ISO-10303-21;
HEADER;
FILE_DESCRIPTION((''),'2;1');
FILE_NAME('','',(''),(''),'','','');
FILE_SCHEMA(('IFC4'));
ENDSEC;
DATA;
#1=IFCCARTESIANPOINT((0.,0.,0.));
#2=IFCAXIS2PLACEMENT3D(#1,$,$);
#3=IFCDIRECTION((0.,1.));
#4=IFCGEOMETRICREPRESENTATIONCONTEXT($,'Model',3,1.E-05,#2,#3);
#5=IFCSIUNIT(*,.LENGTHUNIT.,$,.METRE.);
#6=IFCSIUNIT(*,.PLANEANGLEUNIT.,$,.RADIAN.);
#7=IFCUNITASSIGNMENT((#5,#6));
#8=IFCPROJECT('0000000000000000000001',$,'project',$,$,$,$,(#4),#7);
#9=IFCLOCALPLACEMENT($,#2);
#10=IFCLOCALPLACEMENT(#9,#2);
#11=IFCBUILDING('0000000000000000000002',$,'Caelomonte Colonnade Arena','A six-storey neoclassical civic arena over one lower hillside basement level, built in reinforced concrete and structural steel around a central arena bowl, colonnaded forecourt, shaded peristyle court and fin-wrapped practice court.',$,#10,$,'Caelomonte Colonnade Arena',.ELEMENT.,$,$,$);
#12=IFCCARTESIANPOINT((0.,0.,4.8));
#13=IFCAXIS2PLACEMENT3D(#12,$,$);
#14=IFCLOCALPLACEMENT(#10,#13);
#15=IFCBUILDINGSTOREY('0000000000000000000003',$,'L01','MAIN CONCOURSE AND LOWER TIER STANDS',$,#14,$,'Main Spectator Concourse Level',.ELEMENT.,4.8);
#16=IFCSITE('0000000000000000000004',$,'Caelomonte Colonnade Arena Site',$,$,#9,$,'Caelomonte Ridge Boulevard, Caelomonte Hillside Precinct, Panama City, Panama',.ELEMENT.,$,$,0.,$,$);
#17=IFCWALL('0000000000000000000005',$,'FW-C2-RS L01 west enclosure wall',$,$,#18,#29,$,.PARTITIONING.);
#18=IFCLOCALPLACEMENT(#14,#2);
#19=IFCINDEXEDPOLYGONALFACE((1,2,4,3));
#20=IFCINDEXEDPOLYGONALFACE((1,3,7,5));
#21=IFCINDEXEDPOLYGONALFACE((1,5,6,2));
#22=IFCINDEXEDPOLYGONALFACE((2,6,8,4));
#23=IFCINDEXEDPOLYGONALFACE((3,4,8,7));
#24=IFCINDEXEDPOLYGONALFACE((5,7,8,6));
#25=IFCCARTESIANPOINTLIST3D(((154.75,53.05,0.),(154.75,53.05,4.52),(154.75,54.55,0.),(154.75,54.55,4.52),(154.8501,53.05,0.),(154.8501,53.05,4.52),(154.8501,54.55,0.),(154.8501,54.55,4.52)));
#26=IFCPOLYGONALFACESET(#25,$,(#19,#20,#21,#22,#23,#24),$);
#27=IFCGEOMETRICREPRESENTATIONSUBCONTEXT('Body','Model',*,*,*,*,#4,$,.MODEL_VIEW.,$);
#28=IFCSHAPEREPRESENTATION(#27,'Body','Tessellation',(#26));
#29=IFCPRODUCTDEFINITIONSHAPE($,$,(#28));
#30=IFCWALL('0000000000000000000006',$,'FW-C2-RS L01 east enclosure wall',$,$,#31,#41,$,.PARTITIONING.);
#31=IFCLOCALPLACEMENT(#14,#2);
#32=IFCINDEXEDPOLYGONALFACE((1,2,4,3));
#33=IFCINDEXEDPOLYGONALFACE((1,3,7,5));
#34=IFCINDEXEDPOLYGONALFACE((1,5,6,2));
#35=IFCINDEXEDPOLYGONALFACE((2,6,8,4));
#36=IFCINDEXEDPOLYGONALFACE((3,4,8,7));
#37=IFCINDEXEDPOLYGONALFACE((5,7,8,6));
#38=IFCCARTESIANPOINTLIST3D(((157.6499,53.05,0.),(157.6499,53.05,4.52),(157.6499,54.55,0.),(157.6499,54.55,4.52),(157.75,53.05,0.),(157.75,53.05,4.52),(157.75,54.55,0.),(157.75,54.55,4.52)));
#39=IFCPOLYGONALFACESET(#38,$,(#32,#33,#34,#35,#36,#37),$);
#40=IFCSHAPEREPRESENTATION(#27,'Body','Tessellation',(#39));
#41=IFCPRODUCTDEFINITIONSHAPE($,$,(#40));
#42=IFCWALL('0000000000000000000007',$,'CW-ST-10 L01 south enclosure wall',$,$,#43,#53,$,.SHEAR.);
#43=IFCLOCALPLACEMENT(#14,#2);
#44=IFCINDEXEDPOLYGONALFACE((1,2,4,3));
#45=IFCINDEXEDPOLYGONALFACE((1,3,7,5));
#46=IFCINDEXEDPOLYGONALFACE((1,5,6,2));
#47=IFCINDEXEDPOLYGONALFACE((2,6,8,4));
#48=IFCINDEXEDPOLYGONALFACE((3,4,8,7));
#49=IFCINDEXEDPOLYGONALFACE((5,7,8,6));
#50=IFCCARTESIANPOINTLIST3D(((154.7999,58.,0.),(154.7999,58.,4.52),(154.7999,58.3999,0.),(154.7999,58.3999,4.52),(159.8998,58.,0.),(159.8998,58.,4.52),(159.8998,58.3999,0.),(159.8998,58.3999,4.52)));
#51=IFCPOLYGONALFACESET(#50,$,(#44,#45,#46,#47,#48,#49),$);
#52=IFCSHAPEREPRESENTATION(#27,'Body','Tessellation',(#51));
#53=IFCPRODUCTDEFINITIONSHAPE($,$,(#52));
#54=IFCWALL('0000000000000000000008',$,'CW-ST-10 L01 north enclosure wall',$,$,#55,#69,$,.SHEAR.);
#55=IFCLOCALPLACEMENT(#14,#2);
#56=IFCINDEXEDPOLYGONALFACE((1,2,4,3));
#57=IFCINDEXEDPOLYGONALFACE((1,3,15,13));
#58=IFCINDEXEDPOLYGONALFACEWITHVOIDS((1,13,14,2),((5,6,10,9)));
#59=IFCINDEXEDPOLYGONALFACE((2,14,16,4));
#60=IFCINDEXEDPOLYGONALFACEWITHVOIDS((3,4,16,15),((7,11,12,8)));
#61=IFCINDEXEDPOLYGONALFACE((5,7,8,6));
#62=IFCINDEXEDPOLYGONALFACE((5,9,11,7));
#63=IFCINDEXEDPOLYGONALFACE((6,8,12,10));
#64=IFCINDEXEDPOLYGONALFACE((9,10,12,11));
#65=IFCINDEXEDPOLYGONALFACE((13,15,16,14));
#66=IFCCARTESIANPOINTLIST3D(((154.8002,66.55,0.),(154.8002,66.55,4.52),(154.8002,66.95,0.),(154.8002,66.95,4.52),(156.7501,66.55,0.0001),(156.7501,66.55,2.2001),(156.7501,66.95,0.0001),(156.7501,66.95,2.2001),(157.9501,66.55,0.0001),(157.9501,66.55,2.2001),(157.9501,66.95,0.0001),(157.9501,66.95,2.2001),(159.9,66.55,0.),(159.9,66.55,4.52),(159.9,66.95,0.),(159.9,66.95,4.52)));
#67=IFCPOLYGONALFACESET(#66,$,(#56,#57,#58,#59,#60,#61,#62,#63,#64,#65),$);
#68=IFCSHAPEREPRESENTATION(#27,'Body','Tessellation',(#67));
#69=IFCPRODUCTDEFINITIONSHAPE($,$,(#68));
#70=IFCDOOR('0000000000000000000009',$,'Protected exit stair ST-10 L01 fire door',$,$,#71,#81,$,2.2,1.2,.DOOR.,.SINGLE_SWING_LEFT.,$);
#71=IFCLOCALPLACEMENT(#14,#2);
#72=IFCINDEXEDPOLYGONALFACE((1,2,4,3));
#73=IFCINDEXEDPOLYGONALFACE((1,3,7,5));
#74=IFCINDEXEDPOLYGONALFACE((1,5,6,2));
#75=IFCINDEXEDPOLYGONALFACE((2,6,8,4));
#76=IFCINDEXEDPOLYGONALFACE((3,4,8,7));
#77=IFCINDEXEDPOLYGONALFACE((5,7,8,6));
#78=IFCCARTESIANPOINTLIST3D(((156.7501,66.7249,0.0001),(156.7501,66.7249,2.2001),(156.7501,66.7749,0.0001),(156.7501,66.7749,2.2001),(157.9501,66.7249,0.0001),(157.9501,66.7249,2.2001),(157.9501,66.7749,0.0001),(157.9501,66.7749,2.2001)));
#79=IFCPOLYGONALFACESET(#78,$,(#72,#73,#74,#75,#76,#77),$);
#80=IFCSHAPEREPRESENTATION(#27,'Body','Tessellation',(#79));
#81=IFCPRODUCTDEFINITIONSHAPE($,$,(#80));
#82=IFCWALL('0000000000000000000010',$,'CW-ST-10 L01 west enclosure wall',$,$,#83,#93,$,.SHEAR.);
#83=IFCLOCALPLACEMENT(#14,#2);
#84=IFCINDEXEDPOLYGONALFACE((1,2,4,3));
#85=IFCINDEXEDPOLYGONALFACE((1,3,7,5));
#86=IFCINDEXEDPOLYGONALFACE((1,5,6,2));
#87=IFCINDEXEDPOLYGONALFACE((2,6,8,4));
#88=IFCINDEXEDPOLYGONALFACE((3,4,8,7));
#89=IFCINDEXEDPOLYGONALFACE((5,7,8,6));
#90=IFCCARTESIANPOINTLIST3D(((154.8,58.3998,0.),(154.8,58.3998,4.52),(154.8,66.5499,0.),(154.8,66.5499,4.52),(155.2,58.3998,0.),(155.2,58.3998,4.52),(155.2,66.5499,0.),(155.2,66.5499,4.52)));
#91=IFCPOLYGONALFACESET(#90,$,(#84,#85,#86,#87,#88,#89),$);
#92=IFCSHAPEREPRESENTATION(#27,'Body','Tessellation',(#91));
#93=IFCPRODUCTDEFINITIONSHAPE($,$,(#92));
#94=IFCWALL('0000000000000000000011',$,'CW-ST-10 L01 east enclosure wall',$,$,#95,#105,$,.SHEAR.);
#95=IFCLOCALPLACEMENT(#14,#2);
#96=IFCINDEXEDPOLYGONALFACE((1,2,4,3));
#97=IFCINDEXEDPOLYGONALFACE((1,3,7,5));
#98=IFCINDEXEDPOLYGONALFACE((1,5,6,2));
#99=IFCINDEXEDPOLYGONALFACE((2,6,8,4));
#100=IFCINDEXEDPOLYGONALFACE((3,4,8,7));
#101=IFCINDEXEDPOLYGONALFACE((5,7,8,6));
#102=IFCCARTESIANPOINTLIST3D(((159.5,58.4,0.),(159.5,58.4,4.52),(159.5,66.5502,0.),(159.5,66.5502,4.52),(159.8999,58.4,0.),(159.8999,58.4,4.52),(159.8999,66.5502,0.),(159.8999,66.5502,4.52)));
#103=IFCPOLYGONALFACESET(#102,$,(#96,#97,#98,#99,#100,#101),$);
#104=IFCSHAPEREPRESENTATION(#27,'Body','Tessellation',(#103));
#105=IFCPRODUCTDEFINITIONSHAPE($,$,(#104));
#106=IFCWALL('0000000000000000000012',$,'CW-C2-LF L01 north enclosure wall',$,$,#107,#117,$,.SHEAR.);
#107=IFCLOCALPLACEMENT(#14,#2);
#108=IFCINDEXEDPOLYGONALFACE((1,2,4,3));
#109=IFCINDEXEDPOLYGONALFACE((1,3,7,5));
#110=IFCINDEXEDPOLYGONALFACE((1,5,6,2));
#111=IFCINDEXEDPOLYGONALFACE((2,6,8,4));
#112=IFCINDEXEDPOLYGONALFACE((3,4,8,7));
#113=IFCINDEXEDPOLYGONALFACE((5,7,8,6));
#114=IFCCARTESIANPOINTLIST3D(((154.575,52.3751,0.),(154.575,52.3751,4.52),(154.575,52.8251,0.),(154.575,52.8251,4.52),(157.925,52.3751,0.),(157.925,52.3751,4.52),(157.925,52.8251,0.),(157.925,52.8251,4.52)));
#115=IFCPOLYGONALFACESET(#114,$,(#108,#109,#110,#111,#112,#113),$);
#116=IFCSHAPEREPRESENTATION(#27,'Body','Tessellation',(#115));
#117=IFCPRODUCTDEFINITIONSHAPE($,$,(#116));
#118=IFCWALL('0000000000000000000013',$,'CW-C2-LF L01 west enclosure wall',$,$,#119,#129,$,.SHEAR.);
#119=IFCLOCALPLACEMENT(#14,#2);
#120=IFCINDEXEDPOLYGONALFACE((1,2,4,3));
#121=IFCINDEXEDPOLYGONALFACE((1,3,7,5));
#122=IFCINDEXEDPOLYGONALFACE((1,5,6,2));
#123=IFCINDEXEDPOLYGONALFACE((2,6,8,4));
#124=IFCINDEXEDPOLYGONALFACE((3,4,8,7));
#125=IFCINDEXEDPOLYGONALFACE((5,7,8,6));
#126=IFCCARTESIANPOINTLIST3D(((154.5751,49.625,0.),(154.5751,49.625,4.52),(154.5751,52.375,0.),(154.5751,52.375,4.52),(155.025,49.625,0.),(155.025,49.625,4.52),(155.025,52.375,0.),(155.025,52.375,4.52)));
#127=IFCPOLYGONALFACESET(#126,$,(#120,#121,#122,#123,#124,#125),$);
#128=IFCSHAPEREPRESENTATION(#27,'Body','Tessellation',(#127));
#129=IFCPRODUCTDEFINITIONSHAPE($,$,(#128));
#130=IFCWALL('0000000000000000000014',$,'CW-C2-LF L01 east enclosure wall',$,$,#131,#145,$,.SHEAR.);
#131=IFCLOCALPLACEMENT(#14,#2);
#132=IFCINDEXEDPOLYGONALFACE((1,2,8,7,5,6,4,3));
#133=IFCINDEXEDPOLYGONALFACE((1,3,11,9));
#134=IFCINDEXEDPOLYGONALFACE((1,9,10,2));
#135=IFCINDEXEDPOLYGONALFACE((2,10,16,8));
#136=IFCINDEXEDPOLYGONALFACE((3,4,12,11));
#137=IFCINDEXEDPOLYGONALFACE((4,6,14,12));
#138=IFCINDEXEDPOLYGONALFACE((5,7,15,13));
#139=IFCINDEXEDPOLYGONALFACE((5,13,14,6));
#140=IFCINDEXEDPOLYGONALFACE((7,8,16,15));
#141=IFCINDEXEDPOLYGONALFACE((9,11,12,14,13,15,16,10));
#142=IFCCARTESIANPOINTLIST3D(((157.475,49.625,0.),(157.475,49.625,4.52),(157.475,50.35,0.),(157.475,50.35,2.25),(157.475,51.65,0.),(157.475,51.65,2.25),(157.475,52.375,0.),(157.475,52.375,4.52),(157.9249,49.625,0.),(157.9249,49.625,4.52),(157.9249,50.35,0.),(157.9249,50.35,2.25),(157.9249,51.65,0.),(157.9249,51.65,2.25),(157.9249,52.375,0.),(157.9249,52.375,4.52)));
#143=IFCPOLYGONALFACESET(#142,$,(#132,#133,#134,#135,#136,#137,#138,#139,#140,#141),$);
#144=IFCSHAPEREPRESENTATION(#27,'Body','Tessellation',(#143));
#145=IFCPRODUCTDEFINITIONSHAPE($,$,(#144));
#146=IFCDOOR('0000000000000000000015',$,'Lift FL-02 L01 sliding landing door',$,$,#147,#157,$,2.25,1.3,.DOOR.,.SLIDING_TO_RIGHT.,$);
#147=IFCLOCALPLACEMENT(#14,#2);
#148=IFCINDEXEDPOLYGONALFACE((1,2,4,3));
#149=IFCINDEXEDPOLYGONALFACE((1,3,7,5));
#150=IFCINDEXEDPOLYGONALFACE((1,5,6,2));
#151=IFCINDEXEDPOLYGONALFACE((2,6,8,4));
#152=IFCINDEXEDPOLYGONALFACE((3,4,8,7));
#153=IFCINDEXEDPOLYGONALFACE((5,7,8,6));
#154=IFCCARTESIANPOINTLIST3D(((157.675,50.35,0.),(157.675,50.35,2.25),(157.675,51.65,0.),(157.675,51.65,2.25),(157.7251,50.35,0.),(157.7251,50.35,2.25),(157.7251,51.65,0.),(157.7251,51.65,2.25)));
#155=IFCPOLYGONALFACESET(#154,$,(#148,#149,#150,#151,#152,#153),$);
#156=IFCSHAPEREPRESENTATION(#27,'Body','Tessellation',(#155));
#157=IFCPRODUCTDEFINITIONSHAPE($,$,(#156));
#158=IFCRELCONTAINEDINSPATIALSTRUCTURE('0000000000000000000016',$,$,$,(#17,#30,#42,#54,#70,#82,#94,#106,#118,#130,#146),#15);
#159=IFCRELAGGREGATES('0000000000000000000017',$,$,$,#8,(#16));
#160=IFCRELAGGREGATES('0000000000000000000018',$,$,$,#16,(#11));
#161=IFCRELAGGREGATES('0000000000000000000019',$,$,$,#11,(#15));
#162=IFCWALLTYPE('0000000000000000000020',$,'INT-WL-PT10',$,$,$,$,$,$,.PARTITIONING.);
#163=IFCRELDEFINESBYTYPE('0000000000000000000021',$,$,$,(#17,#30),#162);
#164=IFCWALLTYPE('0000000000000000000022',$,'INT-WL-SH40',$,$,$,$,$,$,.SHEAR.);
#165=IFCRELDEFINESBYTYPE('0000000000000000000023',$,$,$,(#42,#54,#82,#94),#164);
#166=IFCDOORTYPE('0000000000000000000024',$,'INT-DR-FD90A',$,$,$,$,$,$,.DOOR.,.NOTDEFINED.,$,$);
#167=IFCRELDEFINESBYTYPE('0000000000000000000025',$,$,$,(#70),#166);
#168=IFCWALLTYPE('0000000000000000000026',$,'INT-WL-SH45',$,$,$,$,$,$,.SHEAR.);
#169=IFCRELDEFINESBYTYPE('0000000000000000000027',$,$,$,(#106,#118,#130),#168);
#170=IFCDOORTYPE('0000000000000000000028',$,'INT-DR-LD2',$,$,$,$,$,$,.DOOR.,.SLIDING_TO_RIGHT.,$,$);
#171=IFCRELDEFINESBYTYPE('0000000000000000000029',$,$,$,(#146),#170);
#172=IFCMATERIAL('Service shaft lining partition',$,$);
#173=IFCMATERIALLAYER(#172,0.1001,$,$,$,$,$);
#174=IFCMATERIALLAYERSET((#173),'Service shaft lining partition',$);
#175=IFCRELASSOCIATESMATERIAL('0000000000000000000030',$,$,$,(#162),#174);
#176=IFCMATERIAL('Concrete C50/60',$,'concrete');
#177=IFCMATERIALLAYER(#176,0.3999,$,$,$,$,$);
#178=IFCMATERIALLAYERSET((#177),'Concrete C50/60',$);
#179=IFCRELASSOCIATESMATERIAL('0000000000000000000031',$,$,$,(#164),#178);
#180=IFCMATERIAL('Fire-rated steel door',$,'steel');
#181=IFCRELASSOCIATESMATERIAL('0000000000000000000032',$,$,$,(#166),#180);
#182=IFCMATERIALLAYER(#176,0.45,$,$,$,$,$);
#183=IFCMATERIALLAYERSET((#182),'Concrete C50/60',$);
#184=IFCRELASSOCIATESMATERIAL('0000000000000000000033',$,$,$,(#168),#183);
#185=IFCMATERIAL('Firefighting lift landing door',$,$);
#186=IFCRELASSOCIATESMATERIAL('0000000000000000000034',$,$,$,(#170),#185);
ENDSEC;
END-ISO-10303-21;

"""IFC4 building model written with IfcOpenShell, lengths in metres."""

from ifc_helpers import new_model, si_unit, direction, frame, frame_2d, origin, place, context, subcontext, project, spatial, rectangle, extrude, material, layer, layer_set, type_object, element, fill, save


model = new_model("IFC4")

# Units and contexts
model_context = context("Model", 3, precision=1e-05, world=origin(), true_north=direction((0.0, 1.0)))
body_context = subcontext(model_context, "Body", "Model", "MODEL_VIEW")
ifc_project = project(units=[si_unit("LENGTHUNIT", "METRE"), si_unit("PLANEANGLEUNIT", "RADIAN")], contexts=[model_context])

# Site, building, storey
site_placement = place(None, origin())
site = spatial("IfcSite", under=ifc_project, at=site_placement, Name="Caelomonte Colonnade Arena Site", LongName="Caelomonte Ridge Boulevard, Caelomonte Hillside Precinct, Panama City, Panama", CompositionType="ELEMENT", RefElevation=0.0)
building_placement = place(site_placement, origin())
building = spatial("IfcBuilding", under=site, at=building_placement, Name="Caelomonte Colonnade Arena", Description="A six-storey neoclassical civic arena over one lower hillside basement level, built in reinforced concrete and structural steel around a central arena bowl, colonnaded forecourt, shaded peristyle court and fin-wrapped practice court.", LongName="Caelomonte Colonnade Arena", CompositionType="ELEMENT")
storey_placement = place(building_placement, frame((0.0, 0.0, 4.8)))
storey = spatial("IfcBuildingStorey", under=building, at=storey_placement, Name="L01", Description="MAIN CONCOURSE AND LOWER TIER STANDS", LongName="Main Spectator Concourse Level", CompositionType="ELEMENT", Elevation=4.8)

# Shared definitions
ifc_material_1 = material(Name="Concrete C50/60", Category="concrete")

# Walls
ifc_material_2 = material(Name="Service shaft lining partition")
ifc_layer_1 = layer(ifc_material_2, 0.1001)
ifc_layer_set_1 = layer_set([ifc_layer_1], Name="Service shaft lining partition")
wall_type_1 = type_object("IfcWallType", Name="INT-WL-PT10", PredefinedType="PARTITIONING", material=ifc_layer_set_1)
for number, where, z_axis, x_axis, name in (
    (1, (154.8, 54.55, 0.0), (0.0, 0.0, 1.0), (0.0, -1.0, 0.0), "FW-C2-RS L01 west enclosure wall"),
    (2, (157.7, 53.05, 0.0), (0.0, 0.0, 1.0), (0.0, 1.0, 0.0), "FW-C2-RS L01 east enclosure wall"),
):
    element("IfcWall", number, at=place(storey_placement, frame(where, z_axis=z_axis, x_axis=x_axis)), inside=storey, type_object=wall_type_1, Name=name, PredefinedType="PARTITIONING", context=body_context, shape_type="SweptSolid", body=[
        extrude(rectangle(XDim=1.5, YDim=0.1001, at=frame_2d((0.75, 0.0))), origin(), (0.0, 0.0, 1.0), 4.52),
    ])
ifc_layer_2 = layer(ifc_material_1, 0.3999)
ifc_layer_set_2 = layer_set([ifc_layer_2], Name="Concrete C50/60")
wall_type_2 = type_object("IfcWallType", Name="INT-WL-SH40", PredefinedType="SHEAR", material=ifc_layer_set_2)
wall_1_placement = place(storey_placement, frame((154.8, 58.2, 0.0), z_axis=(0.0, 0.0, 1.0), x_axis=(1.0, 0.0, 0.0)))
element("IfcWall", 3, at=wall_1_placement, inside=storey, type_object=wall_type_2, Name="CW-ST-10 L01 south enclosure wall", PredefinedType="SHEAR", context=body_context, shape_type="SweptSolid", body=[
    extrude(rectangle(XDim=5.0999, YDim=0.3999, at=frame_2d((2.5498, 0.0))), origin(), (0.0, 0.0, 1.0), 4.52),
])

# Wall, opening, door
wall_2_placement = place(storey_placement, frame((159.8999, 66.75, 0.0), z_axis=(0.0, 0.0, 1.0), x_axis=(-1.0, 0.0, 0.0)))
wall_2 = element("IfcWall", 4, at=wall_2_placement, inside=storey, type_object=wall_type_2, Name="CW-ST-10 L01 north enclosure wall", PredefinedType="SHEAR", context=body_context, shape_type="SweptSolid", body=[
    extrude(rectangle(XDim=5.0999, YDim=0.3999, at=frame_2d((2.5498, 0.0))), origin(), (0.0, 0.0, 1.0), 4.52),
])
opening_1_placement = place(wall_2_placement, frame((3.1499, 0.0, 0.0), z_axis=(0.0, 0.0, 1.0), x_axis=(-1.0, 0.0, 0.0)))
opening_1 = element("IfcOpeningElement", 5, at=opening_1_placement, cuts=wall_2, PredefinedType="OPENING", context=body_context, shape_type="SweptSolid", body=[
    extrude(rectangle(XDim=1.2, YDim=2.2, at=frame_2d((0.6001, 1.1001))), frame((0.0, 0.21, 0.0), z_axis=(0.0, -1.0, 0.0), x_axis=(1.0, 0.0, 0.0)), (0.0, 0.0, 1.0), 0.4199),
])
ifc_material_3 = material(Name="Fire-rated steel door", Category="steel")
door_type_1 = type_object("IfcDoorType", Name="INT-DR-FD90A", OperationType="NOTDEFINED", PredefinedType="DOOR", material=ifc_material_3)
door_1_placement = place(opening_1_placement, origin())
door_1 = element("IfcDoor", 6, at=door_1_placement, inside=storey, type_object=door_type_1, Name="Protected exit stair ST-10 L01 fire door", OperationType="SINGLE_SWING_LEFT", OverallHeight=2.2, OverallWidth=1.2, PredefinedType="DOOR", context=body_context, shape_type="SweptSolid", body=[
    extrude(rectangle(XDim=1.2, YDim=2.2, at=frame_2d((0.6001, 1.1001))), frame((0.0, 0.0249, 0.0), z_axis=(0.0, -1.0, 0.0), x_axis=(1.0, 0.0, 0.0)), (0.0, 0.0, 1.0), 0.05),
])
fill(opening_1, door_1)

# Walls
for number, where, z_axis, x_axis, name in (
    (7, (155.0, 66.55, 0.0), (0.0, 0.0, 1.0), (0.0, -1.0, 0.0), "CW-ST-10 L01 west enclosure wall"),
    (8, (159.7, 58.3999, 0.0), (0.0, 0.0, 1.0), (0.0, 1.0, 0.0), "CW-ST-10 L01 east enclosure wall"),
):
    element("IfcWall", number, at=place(storey_placement, frame(where, z_axis=z_axis, x_axis=x_axis)), inside=storey, type_object=wall_type_2, Name=name, PredefinedType="SHEAR", context=body_context, shape_type="SweptSolid", body=[
        extrude(rectangle(XDim=8.1501, YDim=0.3999, at=frame_2d((4.0752, 0.0))), origin(), (0.0, 0.0, 1.0), 4.52),
    ])
ifc_layer_3 = layer(ifc_material_1, 0.45)
ifc_layer_set_3 = layer_set([ifc_layer_3], Name="Concrete C50/60")
wall_type_3 = type_object("IfcWallType", Name="INT-WL-SH45", PredefinedType="SHEAR", material=ifc_layer_set_3)
wall_3_placement = place(storey_placement, frame((157.925, 52.6001, 0.0), z_axis=(0.0, 0.0, 1.0), x_axis=(-1.0, 0.0, 0.0)))
element("IfcWall", 9, at=wall_3_placement, inside=storey, type_object=wall_type_3, Name="CW-C2-LF L01 north enclosure wall", PredefinedType="SHEAR", context=body_context, shape_type="SweptSolid", body=[
    extrude(rectangle(XDim=3.3501, YDim=0.45, at=frame_2d((1.675, 0.0))), origin(), (0.0, 0.0, 1.0), 4.52),
])
wall_4_placement = place(storey_placement, frame((154.8, 52.375, 0.0), z_axis=(0.0, 0.0, 1.0), x_axis=(0.0, -1.0, 0.0)))
element("IfcWall", 10, at=wall_4_placement, inside=storey, type_object=wall_type_3, Name="CW-C2-LF L01 west enclosure wall", PredefinedType="SHEAR", context=body_context, shape_type="SweptSolid", body=[
    extrude(rectangle(XDim=2.75, YDim=0.45, at=frame_2d((1.375, 0.0))), origin(), (0.0, 0.0, 1.0), 4.52),
])

# Wall, opening, door
wall_5_placement = place(storey_placement, frame((157.7, 49.625, 0.0), z_axis=(0.0, 0.0, 1.0), x_axis=(0.0, 1.0, 0.0)))
wall_5 = element("IfcWall", 11, at=wall_5_placement, inside=storey, type_object=wall_type_3, Name="CW-C2-LF L01 east enclosure wall", PredefinedType="SHEAR", context=body_context, shape_type="SweptSolid", body=[
    extrude(rectangle(XDim=2.75, YDim=0.45, at=frame_2d((1.375, 0.0))), origin(), (0.0, 0.0, 1.0), 4.52),
])
opening_2_placement = place(wall_5_placement, frame((0.7251, 0.0, 0.0), z_axis=(0.0, 0.0, 1.0), x_axis=(1.0, 0.0, 0.0)))
opening_2 = element("IfcOpeningElement", 12, at=opening_2_placement, cuts=wall_5, PredefinedType="OPENING", context=body_context, shape_type="SweptSolid", body=[
    extrude(rectangle(XDim=1.3, YDim=2.25, at=frame_2d((0.6499, 1.125))), frame((0.0, 0.2349, 0.0), z_axis=(0.0, -1.0, 0.0), x_axis=(1.0, 0.0, 0.0)), (0.0, 0.0, 1.0), 0.47),
])
ifc_material_4 = material(Name="Firefighting lift landing door")
door_type_2 = type_object("IfcDoorType", Name="INT-DR-LD2", OperationType="SLIDING_TO_RIGHT", PredefinedType="DOOR", material=ifc_material_4)
door_2_placement = place(opening_2_placement, origin())
door_2 = element("IfcDoor", 13, at=door_2_placement, inside=storey, type_object=door_type_2, Name="Lift FL-02 L01 sliding landing door", OperationType="SLIDING_TO_RIGHT", OverallHeight=2.25, OverallWidth=1.3, PredefinedType="DOOR", context=body_context, shape_type="SweptSolid", body=[
    extrude(rectangle(XDim=1.3, YDim=2.25, at=frame_2d((0.6499, 1.125))), frame((0.0, 0.0249, 0.0), z_axis=(0.0, -1.0, 0.0), x_axis=(1.0, 0.0, 0.0)), (0.0, 0.0, 1.0), 0.05),
])
fill(opening_2, door_2)

save(model, "model.ifc")
